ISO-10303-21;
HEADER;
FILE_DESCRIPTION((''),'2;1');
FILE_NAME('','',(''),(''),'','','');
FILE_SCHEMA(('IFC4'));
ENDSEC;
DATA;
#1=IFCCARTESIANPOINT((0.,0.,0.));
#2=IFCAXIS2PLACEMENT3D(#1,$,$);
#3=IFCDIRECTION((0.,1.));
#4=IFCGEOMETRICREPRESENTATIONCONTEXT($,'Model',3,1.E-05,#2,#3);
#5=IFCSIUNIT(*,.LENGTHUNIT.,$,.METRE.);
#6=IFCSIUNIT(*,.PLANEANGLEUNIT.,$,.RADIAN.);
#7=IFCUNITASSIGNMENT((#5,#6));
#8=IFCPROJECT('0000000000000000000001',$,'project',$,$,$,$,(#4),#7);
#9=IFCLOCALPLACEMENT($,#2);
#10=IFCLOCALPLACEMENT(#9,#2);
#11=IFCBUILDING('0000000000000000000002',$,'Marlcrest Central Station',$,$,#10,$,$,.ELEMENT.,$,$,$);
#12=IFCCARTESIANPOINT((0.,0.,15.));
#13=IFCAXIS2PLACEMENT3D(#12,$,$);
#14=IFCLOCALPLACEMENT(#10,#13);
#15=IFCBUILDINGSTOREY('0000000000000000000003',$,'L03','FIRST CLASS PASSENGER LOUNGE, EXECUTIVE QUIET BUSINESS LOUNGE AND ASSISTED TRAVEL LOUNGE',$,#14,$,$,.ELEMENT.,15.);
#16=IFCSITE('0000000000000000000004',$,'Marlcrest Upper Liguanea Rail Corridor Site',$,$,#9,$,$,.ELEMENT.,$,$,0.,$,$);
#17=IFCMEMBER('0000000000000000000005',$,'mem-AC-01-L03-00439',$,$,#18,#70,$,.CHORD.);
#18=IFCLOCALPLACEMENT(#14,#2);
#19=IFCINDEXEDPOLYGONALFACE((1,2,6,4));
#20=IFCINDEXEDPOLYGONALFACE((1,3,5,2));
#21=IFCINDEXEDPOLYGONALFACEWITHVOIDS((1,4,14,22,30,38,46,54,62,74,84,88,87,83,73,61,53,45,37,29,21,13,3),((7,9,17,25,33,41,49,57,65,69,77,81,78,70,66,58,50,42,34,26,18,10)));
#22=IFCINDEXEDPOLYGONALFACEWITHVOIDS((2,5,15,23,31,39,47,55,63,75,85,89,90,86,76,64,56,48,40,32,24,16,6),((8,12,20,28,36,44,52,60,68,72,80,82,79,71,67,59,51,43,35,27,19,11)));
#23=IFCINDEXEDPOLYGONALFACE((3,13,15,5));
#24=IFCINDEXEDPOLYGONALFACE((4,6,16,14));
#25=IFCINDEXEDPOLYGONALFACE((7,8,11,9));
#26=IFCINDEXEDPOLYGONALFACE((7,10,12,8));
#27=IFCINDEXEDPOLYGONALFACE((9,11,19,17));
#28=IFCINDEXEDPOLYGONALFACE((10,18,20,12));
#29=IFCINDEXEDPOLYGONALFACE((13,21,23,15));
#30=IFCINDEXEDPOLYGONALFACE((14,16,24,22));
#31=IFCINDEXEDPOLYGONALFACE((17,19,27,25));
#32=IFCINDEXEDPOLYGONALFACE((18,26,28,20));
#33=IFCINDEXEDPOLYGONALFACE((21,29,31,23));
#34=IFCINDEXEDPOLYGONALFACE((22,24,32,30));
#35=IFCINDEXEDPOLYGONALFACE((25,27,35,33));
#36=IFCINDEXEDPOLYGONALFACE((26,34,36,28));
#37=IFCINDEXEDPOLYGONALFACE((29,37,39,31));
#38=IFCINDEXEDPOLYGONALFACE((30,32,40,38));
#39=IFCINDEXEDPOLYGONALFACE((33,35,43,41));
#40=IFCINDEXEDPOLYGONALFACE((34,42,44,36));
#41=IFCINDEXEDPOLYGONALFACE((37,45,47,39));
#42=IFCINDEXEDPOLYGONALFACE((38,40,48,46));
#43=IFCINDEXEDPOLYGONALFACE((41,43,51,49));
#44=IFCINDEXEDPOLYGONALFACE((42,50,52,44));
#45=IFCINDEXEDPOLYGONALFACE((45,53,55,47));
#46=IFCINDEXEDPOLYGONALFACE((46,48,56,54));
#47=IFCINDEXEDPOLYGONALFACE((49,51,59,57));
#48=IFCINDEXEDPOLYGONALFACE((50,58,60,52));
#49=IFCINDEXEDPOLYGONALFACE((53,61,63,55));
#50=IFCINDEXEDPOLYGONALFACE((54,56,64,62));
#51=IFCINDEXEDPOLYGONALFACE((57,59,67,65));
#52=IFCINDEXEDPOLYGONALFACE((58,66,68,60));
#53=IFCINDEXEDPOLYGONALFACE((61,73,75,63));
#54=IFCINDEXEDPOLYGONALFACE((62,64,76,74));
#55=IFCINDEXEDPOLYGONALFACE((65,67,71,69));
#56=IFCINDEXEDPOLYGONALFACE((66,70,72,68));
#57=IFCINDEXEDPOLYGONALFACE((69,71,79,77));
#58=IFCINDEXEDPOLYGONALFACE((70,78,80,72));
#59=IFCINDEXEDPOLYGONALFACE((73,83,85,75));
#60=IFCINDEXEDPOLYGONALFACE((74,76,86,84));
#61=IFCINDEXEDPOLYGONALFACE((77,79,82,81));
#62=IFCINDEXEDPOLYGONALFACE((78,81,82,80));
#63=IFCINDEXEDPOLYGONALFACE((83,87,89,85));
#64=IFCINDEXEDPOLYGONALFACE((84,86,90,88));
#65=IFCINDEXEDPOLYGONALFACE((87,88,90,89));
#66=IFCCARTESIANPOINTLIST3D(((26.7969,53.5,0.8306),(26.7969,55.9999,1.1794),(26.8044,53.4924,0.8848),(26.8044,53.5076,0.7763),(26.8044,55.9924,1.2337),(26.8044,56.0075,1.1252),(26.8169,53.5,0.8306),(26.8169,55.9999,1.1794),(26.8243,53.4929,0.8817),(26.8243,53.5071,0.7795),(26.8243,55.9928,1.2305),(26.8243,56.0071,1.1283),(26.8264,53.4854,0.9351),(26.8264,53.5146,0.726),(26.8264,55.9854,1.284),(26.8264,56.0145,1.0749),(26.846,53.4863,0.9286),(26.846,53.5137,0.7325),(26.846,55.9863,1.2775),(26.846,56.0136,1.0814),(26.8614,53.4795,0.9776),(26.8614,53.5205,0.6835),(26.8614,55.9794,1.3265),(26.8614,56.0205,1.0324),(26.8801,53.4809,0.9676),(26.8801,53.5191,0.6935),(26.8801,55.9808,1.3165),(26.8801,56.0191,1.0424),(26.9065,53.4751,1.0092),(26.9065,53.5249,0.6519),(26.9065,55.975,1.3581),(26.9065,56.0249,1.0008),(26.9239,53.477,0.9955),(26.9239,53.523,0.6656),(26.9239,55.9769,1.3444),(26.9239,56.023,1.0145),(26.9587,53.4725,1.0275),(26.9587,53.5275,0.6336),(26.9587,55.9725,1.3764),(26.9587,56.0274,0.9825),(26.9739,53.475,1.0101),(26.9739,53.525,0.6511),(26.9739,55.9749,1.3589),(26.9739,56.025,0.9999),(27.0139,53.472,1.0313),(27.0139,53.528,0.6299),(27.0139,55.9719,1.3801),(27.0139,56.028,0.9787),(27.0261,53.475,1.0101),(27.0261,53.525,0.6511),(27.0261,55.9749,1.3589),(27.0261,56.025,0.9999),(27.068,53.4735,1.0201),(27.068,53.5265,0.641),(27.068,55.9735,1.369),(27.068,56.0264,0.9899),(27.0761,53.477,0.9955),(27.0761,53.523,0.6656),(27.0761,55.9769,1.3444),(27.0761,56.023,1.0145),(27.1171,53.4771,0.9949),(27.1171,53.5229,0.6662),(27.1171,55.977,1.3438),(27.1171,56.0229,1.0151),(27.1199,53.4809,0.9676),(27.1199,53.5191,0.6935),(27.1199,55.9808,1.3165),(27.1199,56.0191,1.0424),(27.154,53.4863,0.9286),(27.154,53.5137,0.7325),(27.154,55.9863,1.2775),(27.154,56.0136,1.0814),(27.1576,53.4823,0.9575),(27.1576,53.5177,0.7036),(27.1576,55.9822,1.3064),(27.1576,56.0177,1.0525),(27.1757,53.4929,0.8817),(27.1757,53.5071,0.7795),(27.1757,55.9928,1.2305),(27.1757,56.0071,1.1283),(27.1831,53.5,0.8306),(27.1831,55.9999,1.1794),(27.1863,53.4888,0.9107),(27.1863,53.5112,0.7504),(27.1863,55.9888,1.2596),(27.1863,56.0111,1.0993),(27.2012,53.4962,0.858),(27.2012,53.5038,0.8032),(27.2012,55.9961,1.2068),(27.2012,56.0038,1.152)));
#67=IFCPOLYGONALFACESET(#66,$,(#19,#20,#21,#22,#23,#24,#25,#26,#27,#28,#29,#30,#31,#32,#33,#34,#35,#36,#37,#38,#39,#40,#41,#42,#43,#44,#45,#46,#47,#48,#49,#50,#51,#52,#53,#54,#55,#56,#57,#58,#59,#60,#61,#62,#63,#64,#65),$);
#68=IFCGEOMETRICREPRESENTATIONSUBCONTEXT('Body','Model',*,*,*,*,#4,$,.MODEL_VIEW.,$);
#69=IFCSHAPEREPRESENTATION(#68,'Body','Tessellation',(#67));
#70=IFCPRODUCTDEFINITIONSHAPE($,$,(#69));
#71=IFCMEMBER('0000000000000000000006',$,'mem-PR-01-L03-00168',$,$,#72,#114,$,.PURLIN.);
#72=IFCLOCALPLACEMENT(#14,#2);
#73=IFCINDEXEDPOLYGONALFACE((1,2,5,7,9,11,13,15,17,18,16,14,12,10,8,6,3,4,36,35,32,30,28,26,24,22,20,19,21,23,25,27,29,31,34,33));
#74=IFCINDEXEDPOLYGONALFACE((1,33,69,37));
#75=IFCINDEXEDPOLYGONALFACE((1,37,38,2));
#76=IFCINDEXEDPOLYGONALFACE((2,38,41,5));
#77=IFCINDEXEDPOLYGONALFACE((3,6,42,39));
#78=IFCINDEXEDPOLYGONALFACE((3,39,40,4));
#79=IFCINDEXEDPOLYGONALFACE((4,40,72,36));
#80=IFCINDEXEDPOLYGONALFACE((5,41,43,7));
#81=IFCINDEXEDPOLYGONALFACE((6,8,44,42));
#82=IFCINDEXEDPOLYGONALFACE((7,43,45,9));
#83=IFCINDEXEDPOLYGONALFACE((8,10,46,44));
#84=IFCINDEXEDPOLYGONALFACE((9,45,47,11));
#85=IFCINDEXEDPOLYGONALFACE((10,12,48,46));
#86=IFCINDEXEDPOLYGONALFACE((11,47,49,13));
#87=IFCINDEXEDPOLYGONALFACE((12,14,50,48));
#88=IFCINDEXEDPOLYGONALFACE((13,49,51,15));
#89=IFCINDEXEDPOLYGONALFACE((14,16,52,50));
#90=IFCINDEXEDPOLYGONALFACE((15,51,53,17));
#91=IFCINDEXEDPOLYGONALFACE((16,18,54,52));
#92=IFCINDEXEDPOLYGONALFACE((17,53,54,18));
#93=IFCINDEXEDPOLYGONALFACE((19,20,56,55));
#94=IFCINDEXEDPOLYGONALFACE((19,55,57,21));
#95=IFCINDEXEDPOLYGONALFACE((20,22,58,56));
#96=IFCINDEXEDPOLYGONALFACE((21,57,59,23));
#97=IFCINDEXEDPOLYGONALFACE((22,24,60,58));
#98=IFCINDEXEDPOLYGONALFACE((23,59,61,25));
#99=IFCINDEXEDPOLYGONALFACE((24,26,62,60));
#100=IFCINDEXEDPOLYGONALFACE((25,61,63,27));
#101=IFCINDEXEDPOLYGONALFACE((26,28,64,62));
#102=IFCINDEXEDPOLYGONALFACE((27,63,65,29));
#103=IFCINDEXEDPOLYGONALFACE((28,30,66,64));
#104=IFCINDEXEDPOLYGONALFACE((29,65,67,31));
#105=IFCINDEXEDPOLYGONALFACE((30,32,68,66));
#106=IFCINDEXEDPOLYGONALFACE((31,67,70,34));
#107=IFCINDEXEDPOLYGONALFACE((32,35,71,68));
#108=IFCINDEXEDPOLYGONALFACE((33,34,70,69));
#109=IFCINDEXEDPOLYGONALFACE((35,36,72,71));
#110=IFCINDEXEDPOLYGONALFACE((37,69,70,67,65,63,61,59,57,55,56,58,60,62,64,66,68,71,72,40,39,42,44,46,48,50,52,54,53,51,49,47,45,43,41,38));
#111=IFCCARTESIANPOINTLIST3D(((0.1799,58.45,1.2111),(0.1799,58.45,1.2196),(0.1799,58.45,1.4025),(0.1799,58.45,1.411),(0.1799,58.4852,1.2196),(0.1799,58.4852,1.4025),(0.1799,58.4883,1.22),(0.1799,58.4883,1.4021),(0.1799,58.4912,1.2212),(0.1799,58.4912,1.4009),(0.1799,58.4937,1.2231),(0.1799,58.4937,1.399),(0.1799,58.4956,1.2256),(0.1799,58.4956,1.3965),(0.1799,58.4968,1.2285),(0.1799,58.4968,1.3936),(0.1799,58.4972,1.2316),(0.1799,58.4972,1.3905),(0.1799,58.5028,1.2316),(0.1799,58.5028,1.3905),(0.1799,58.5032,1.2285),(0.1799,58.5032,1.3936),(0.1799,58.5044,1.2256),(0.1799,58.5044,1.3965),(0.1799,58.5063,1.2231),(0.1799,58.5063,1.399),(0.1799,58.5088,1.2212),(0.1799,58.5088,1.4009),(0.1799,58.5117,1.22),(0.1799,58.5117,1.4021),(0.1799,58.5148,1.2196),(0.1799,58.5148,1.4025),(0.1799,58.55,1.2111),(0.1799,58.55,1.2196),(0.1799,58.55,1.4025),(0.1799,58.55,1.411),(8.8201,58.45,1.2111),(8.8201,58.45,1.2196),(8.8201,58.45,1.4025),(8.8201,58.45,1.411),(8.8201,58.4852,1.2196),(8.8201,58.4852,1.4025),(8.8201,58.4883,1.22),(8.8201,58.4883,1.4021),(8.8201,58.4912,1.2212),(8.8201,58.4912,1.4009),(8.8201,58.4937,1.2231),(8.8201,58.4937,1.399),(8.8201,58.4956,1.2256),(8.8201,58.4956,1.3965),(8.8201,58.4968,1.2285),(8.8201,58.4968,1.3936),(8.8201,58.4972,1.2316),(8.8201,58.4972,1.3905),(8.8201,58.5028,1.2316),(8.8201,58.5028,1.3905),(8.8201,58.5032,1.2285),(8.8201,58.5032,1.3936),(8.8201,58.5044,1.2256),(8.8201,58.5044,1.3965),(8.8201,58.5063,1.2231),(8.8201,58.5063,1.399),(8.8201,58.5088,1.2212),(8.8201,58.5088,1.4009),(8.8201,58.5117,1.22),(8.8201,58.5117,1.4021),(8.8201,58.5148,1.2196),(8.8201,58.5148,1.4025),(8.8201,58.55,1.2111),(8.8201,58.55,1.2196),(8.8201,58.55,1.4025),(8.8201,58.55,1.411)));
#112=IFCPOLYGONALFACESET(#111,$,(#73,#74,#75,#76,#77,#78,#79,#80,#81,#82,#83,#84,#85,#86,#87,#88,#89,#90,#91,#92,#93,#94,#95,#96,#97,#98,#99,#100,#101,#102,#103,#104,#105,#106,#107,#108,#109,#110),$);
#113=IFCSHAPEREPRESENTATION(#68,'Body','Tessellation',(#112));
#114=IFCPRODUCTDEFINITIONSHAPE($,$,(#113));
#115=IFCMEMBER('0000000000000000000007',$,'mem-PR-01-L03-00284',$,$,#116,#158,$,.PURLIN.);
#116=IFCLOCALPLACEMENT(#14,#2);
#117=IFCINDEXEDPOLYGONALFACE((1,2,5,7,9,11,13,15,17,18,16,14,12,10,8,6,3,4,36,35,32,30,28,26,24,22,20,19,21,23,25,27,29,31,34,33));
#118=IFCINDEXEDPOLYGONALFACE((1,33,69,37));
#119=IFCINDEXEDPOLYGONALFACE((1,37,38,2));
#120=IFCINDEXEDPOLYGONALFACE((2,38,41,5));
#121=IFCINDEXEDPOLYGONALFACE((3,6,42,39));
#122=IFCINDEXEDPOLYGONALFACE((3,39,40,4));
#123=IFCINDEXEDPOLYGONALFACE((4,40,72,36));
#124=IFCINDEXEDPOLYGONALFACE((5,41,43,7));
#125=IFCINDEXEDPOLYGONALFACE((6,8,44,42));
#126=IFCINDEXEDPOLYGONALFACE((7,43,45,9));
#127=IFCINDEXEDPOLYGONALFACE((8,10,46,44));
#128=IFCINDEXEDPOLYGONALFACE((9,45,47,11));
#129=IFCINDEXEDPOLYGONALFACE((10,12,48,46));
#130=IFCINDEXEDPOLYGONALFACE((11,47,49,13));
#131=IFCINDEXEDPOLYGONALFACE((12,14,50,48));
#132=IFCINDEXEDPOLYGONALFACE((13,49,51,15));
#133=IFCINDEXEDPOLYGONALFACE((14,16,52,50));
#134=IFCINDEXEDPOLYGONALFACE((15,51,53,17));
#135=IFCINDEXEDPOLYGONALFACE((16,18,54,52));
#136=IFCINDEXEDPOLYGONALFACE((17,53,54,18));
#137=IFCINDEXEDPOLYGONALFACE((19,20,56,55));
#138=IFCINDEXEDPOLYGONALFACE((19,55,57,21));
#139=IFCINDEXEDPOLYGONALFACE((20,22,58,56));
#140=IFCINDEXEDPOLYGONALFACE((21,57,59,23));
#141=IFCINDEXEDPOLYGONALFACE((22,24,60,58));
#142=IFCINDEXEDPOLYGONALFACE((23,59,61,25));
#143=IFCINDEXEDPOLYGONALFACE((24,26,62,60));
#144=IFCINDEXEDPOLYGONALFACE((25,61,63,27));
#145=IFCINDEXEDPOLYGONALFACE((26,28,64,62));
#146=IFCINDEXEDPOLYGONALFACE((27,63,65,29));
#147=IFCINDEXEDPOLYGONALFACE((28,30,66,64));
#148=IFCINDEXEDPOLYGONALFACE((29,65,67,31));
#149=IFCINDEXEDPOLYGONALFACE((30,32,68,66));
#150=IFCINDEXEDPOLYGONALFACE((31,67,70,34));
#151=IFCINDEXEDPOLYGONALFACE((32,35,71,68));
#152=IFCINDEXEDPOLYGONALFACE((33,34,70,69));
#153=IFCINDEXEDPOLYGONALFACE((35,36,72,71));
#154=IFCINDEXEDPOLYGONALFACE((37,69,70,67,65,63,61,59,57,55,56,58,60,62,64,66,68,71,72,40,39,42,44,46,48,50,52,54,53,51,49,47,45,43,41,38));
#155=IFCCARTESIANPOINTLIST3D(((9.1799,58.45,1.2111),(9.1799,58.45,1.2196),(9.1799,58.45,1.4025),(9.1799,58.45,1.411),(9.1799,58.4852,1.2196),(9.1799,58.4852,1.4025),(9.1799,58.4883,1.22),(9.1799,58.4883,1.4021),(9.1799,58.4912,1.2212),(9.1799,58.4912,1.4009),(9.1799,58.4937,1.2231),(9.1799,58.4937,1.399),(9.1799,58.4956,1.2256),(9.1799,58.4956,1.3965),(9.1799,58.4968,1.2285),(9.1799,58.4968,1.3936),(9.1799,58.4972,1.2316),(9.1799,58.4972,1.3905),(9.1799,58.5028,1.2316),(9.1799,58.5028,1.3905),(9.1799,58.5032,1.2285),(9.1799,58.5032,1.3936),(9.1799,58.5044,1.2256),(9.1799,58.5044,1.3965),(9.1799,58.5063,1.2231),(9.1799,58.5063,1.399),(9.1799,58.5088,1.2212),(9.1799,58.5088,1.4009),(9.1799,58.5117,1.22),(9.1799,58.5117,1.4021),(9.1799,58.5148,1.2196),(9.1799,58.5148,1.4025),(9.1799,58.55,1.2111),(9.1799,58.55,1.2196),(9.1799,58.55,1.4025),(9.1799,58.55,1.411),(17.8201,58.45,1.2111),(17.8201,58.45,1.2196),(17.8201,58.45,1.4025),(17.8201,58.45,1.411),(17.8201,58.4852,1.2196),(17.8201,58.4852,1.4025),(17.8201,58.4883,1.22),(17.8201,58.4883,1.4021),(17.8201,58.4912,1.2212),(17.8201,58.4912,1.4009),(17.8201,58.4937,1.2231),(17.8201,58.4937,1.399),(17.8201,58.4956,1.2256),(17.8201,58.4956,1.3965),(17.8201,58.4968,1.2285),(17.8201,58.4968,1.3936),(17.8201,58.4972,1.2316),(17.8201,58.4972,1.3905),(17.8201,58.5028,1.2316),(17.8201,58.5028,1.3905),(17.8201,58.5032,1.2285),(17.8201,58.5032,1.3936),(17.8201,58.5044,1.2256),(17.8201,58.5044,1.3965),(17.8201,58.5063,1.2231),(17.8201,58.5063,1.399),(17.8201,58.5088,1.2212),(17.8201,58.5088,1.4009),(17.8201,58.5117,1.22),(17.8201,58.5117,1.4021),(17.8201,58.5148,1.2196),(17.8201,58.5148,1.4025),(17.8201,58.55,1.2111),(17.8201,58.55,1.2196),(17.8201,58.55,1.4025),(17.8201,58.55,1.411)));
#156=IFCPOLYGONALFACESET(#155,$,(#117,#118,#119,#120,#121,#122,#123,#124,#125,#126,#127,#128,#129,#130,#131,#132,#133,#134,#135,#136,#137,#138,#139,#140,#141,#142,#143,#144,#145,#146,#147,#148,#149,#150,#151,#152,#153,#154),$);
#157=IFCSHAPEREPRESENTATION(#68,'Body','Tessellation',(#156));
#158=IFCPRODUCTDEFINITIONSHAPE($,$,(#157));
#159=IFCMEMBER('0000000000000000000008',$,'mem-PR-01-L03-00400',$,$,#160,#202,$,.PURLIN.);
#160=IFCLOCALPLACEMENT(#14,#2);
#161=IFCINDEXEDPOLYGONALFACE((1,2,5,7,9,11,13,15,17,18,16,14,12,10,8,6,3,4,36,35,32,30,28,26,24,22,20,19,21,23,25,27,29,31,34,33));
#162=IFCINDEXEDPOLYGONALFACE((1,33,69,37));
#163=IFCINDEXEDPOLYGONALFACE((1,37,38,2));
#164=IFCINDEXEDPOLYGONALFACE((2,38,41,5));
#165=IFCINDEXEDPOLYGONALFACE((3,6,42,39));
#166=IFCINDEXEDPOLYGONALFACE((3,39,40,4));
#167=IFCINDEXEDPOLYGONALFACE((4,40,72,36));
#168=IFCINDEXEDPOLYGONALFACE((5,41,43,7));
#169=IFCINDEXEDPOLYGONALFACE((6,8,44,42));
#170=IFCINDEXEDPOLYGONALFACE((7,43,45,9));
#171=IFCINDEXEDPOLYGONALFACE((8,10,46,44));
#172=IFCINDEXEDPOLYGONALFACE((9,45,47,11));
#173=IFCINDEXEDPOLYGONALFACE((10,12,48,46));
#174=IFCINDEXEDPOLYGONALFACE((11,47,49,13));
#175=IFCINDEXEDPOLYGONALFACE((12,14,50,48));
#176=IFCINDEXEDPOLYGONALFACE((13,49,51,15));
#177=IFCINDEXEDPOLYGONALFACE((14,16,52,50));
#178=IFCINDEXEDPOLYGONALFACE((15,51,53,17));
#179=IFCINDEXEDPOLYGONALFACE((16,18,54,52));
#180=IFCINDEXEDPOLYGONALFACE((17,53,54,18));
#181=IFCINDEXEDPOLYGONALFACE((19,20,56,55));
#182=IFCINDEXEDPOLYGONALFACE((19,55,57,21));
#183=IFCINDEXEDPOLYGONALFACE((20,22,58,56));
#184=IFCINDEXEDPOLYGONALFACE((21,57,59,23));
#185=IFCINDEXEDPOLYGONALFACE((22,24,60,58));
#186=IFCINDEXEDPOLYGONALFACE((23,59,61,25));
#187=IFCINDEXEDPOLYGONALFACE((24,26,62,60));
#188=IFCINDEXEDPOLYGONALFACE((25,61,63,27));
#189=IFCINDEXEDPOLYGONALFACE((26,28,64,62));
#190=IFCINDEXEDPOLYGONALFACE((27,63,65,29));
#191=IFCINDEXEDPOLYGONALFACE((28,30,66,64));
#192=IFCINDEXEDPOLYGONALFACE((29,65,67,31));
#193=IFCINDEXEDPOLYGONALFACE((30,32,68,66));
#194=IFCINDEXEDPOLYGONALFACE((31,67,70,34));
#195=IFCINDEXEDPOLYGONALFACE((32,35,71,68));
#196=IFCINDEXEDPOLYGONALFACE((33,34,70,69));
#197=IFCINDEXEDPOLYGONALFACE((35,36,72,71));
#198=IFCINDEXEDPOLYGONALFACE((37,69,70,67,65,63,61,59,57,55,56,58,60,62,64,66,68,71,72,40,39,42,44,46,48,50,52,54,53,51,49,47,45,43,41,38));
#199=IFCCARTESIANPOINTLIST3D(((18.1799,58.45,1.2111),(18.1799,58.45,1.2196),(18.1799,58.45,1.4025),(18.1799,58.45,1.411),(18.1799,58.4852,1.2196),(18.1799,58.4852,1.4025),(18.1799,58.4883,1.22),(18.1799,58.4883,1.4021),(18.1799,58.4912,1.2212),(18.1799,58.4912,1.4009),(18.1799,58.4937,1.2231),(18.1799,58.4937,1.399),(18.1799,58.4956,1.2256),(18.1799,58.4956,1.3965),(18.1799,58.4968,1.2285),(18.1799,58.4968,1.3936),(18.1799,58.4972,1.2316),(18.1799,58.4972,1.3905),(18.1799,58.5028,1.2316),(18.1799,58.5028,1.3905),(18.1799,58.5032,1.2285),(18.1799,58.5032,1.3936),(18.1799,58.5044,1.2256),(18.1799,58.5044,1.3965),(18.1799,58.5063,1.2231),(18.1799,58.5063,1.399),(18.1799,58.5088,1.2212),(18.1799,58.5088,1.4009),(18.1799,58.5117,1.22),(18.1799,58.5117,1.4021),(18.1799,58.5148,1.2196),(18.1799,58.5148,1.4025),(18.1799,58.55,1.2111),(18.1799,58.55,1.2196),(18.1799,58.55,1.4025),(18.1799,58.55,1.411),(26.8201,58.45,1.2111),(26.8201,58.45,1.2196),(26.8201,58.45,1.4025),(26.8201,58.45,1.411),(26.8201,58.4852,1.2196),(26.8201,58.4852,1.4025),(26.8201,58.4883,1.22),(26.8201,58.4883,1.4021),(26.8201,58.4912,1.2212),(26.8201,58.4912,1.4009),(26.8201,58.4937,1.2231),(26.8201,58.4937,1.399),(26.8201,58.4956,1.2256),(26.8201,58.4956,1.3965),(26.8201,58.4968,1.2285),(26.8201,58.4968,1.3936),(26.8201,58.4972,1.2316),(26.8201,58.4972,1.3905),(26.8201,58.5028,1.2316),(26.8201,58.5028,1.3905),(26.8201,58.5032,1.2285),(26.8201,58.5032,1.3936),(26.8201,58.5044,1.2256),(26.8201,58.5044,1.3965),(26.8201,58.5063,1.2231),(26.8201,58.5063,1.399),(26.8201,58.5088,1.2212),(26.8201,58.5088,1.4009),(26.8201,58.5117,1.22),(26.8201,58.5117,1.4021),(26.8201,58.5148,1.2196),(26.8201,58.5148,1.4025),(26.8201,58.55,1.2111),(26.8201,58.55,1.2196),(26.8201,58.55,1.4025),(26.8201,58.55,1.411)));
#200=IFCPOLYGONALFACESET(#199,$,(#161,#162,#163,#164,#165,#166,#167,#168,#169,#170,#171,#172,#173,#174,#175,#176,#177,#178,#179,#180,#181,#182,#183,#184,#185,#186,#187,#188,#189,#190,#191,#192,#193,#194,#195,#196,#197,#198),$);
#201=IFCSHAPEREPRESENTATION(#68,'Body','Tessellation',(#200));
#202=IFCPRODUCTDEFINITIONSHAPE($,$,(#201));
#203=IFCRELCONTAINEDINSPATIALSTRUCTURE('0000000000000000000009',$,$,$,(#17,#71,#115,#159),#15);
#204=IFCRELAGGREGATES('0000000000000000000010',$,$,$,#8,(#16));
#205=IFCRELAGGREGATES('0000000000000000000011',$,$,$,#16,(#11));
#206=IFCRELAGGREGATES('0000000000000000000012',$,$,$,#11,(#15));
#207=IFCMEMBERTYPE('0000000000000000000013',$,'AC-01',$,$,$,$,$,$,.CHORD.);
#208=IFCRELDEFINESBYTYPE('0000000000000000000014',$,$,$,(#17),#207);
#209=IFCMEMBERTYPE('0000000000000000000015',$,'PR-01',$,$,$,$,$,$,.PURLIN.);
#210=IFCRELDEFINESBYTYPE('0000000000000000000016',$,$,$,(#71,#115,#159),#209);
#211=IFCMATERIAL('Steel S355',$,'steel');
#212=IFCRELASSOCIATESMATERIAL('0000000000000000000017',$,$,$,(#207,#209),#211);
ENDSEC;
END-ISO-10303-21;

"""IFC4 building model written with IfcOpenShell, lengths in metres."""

from ifc_helpers import new_model, si_unit, direction, frame, origin, origin_2d, place, context, subcontext, project, spatial, hollow_circle, i_section, extrude, material, material_profile, profile_set, type_object, element, save


model = new_model("IFC4")

# Units and contexts
model_context = context("Model", 3, precision=1e-05, world=origin(), true_north=direction((0.0, 1.0)))
body_context = subcontext(model_context, "Body", "Model", "MODEL_VIEW")
ifc_project = project(units=[si_unit("LENGTHUNIT", "METRE"), si_unit("PLANEANGLEUNIT", "RADIAN")], contexts=[model_context])

# Site, building, storey
site_placement = place(None, origin())
site = spatial("IfcSite", under=ifc_project, at=site_placement, Name="Marlcrest Upper Liguanea Rail Corridor Site", CompositionType="ELEMENT", RefElevation=0.0)
building_placement = place(site_placement, origin())
building = spatial("IfcBuilding", under=site, at=building_placement, Name="Marlcrest Central Station", CompositionType="ELEMENT")
storey_placement = place(building_placement, frame((0.0, 0.0, 15.0)))
storey = spatial("IfcBuildingStorey", under=building, at=storey_placement, Name="L03", Description="FIRST CLASS PASSENGER LOUNGE, EXECUTIVE QUIET BUSINESS LOUNGE AND ASSISTED TRAVEL LOUNGE", CompositionType="ELEMENT", Elevation=15.0)

# Members
ifc_material_1 = material(Name="Steel S355", Category="steel")
ifc_material_profile_1 = material_profile(ifc_material_1, hollow_circle(Radius=0.2031, WallThickness=0.02, at=origin_2d()), Name="CHS 406.4x20")
ifc_profile_set_1 = profile_set([ifc_material_profile_1], Name="Steel S355")
member_type_1 = type_object("IfcMemberType", Name="AC-01", PredefinedType="CHORD", material=ifc_profile_set_1)
member_1_placement = place(storey_placement, frame((27.0, 53.5, 0.8306), z_axis=(0.0, 0.990403, 0.138211), x_axis=(-1.0, 0.0, 0.0)))
element("IfcMember", 1, at=member_1_placement, inside=storey, type_object=member_type_1, Name="mem-AC-01-L03-00439", PredefinedType="CHORD", context=body_context, shape_type="SweptSolid", body=[
    extrude(hollow_circle(Radius=0.2031, WallThickness=0.02, at=origin_2d()), origin(), (0.0, 0.0, 1.0), 2.5242),
])
ifc_material_profile_2 = material_profile(ifc_material_1, i_section(OverallWidth=0.1001, OverallDepth=0.2, WebThickness=0.0056, FlangeThickness=0.0085, FilletRadius=0.012, at=origin_2d()), Name="IPE 200")
ifc_profile_set_2 = profile_set([ifc_material_profile_2], Name="Steel S355")
member_type_2 = type_object("IfcMemberType", Name="PR-01", PredefinedType="PURLIN", material=ifc_profile_set_2)
for number, where, z_axis, x_axis, name in (
    (2, (0.1799, 58.5, 1.311), (1.0, 0.0, 0.0), (0.0, 1.0, 0.0), "mem-PR-01-L03-00168"),
    (3, (9.1799, 58.5, 1.311), (1.0, 0.0, 0.0), (0.0, 1.0, 0.0), "mem-PR-01-L03-00284"),
    (4, (18.1799, 58.5, 1.311), (1.0, 0.0, 0.0), (0.0, 1.0, 0.0), "mem-PR-01-L03-00400"),
):
    element("IfcMember", number, at=place(storey_placement, frame(where, z_axis=z_axis, x_axis=x_axis)), inside=storey, type_object=member_type_2, Name=name, PredefinedType="PURLIN", context=body_context, shape_type="SweptSolid", body=[
        extrude(i_section(OverallWidth=0.1001, OverallDepth=0.2, WebThickness=0.0056, FlangeThickness=0.0085, FilletRadius=0.012, at=origin_2d()), origin(), (0.0, 0.0, 1.0), 8.6401),
    ])

save(model, "model.ifc")
